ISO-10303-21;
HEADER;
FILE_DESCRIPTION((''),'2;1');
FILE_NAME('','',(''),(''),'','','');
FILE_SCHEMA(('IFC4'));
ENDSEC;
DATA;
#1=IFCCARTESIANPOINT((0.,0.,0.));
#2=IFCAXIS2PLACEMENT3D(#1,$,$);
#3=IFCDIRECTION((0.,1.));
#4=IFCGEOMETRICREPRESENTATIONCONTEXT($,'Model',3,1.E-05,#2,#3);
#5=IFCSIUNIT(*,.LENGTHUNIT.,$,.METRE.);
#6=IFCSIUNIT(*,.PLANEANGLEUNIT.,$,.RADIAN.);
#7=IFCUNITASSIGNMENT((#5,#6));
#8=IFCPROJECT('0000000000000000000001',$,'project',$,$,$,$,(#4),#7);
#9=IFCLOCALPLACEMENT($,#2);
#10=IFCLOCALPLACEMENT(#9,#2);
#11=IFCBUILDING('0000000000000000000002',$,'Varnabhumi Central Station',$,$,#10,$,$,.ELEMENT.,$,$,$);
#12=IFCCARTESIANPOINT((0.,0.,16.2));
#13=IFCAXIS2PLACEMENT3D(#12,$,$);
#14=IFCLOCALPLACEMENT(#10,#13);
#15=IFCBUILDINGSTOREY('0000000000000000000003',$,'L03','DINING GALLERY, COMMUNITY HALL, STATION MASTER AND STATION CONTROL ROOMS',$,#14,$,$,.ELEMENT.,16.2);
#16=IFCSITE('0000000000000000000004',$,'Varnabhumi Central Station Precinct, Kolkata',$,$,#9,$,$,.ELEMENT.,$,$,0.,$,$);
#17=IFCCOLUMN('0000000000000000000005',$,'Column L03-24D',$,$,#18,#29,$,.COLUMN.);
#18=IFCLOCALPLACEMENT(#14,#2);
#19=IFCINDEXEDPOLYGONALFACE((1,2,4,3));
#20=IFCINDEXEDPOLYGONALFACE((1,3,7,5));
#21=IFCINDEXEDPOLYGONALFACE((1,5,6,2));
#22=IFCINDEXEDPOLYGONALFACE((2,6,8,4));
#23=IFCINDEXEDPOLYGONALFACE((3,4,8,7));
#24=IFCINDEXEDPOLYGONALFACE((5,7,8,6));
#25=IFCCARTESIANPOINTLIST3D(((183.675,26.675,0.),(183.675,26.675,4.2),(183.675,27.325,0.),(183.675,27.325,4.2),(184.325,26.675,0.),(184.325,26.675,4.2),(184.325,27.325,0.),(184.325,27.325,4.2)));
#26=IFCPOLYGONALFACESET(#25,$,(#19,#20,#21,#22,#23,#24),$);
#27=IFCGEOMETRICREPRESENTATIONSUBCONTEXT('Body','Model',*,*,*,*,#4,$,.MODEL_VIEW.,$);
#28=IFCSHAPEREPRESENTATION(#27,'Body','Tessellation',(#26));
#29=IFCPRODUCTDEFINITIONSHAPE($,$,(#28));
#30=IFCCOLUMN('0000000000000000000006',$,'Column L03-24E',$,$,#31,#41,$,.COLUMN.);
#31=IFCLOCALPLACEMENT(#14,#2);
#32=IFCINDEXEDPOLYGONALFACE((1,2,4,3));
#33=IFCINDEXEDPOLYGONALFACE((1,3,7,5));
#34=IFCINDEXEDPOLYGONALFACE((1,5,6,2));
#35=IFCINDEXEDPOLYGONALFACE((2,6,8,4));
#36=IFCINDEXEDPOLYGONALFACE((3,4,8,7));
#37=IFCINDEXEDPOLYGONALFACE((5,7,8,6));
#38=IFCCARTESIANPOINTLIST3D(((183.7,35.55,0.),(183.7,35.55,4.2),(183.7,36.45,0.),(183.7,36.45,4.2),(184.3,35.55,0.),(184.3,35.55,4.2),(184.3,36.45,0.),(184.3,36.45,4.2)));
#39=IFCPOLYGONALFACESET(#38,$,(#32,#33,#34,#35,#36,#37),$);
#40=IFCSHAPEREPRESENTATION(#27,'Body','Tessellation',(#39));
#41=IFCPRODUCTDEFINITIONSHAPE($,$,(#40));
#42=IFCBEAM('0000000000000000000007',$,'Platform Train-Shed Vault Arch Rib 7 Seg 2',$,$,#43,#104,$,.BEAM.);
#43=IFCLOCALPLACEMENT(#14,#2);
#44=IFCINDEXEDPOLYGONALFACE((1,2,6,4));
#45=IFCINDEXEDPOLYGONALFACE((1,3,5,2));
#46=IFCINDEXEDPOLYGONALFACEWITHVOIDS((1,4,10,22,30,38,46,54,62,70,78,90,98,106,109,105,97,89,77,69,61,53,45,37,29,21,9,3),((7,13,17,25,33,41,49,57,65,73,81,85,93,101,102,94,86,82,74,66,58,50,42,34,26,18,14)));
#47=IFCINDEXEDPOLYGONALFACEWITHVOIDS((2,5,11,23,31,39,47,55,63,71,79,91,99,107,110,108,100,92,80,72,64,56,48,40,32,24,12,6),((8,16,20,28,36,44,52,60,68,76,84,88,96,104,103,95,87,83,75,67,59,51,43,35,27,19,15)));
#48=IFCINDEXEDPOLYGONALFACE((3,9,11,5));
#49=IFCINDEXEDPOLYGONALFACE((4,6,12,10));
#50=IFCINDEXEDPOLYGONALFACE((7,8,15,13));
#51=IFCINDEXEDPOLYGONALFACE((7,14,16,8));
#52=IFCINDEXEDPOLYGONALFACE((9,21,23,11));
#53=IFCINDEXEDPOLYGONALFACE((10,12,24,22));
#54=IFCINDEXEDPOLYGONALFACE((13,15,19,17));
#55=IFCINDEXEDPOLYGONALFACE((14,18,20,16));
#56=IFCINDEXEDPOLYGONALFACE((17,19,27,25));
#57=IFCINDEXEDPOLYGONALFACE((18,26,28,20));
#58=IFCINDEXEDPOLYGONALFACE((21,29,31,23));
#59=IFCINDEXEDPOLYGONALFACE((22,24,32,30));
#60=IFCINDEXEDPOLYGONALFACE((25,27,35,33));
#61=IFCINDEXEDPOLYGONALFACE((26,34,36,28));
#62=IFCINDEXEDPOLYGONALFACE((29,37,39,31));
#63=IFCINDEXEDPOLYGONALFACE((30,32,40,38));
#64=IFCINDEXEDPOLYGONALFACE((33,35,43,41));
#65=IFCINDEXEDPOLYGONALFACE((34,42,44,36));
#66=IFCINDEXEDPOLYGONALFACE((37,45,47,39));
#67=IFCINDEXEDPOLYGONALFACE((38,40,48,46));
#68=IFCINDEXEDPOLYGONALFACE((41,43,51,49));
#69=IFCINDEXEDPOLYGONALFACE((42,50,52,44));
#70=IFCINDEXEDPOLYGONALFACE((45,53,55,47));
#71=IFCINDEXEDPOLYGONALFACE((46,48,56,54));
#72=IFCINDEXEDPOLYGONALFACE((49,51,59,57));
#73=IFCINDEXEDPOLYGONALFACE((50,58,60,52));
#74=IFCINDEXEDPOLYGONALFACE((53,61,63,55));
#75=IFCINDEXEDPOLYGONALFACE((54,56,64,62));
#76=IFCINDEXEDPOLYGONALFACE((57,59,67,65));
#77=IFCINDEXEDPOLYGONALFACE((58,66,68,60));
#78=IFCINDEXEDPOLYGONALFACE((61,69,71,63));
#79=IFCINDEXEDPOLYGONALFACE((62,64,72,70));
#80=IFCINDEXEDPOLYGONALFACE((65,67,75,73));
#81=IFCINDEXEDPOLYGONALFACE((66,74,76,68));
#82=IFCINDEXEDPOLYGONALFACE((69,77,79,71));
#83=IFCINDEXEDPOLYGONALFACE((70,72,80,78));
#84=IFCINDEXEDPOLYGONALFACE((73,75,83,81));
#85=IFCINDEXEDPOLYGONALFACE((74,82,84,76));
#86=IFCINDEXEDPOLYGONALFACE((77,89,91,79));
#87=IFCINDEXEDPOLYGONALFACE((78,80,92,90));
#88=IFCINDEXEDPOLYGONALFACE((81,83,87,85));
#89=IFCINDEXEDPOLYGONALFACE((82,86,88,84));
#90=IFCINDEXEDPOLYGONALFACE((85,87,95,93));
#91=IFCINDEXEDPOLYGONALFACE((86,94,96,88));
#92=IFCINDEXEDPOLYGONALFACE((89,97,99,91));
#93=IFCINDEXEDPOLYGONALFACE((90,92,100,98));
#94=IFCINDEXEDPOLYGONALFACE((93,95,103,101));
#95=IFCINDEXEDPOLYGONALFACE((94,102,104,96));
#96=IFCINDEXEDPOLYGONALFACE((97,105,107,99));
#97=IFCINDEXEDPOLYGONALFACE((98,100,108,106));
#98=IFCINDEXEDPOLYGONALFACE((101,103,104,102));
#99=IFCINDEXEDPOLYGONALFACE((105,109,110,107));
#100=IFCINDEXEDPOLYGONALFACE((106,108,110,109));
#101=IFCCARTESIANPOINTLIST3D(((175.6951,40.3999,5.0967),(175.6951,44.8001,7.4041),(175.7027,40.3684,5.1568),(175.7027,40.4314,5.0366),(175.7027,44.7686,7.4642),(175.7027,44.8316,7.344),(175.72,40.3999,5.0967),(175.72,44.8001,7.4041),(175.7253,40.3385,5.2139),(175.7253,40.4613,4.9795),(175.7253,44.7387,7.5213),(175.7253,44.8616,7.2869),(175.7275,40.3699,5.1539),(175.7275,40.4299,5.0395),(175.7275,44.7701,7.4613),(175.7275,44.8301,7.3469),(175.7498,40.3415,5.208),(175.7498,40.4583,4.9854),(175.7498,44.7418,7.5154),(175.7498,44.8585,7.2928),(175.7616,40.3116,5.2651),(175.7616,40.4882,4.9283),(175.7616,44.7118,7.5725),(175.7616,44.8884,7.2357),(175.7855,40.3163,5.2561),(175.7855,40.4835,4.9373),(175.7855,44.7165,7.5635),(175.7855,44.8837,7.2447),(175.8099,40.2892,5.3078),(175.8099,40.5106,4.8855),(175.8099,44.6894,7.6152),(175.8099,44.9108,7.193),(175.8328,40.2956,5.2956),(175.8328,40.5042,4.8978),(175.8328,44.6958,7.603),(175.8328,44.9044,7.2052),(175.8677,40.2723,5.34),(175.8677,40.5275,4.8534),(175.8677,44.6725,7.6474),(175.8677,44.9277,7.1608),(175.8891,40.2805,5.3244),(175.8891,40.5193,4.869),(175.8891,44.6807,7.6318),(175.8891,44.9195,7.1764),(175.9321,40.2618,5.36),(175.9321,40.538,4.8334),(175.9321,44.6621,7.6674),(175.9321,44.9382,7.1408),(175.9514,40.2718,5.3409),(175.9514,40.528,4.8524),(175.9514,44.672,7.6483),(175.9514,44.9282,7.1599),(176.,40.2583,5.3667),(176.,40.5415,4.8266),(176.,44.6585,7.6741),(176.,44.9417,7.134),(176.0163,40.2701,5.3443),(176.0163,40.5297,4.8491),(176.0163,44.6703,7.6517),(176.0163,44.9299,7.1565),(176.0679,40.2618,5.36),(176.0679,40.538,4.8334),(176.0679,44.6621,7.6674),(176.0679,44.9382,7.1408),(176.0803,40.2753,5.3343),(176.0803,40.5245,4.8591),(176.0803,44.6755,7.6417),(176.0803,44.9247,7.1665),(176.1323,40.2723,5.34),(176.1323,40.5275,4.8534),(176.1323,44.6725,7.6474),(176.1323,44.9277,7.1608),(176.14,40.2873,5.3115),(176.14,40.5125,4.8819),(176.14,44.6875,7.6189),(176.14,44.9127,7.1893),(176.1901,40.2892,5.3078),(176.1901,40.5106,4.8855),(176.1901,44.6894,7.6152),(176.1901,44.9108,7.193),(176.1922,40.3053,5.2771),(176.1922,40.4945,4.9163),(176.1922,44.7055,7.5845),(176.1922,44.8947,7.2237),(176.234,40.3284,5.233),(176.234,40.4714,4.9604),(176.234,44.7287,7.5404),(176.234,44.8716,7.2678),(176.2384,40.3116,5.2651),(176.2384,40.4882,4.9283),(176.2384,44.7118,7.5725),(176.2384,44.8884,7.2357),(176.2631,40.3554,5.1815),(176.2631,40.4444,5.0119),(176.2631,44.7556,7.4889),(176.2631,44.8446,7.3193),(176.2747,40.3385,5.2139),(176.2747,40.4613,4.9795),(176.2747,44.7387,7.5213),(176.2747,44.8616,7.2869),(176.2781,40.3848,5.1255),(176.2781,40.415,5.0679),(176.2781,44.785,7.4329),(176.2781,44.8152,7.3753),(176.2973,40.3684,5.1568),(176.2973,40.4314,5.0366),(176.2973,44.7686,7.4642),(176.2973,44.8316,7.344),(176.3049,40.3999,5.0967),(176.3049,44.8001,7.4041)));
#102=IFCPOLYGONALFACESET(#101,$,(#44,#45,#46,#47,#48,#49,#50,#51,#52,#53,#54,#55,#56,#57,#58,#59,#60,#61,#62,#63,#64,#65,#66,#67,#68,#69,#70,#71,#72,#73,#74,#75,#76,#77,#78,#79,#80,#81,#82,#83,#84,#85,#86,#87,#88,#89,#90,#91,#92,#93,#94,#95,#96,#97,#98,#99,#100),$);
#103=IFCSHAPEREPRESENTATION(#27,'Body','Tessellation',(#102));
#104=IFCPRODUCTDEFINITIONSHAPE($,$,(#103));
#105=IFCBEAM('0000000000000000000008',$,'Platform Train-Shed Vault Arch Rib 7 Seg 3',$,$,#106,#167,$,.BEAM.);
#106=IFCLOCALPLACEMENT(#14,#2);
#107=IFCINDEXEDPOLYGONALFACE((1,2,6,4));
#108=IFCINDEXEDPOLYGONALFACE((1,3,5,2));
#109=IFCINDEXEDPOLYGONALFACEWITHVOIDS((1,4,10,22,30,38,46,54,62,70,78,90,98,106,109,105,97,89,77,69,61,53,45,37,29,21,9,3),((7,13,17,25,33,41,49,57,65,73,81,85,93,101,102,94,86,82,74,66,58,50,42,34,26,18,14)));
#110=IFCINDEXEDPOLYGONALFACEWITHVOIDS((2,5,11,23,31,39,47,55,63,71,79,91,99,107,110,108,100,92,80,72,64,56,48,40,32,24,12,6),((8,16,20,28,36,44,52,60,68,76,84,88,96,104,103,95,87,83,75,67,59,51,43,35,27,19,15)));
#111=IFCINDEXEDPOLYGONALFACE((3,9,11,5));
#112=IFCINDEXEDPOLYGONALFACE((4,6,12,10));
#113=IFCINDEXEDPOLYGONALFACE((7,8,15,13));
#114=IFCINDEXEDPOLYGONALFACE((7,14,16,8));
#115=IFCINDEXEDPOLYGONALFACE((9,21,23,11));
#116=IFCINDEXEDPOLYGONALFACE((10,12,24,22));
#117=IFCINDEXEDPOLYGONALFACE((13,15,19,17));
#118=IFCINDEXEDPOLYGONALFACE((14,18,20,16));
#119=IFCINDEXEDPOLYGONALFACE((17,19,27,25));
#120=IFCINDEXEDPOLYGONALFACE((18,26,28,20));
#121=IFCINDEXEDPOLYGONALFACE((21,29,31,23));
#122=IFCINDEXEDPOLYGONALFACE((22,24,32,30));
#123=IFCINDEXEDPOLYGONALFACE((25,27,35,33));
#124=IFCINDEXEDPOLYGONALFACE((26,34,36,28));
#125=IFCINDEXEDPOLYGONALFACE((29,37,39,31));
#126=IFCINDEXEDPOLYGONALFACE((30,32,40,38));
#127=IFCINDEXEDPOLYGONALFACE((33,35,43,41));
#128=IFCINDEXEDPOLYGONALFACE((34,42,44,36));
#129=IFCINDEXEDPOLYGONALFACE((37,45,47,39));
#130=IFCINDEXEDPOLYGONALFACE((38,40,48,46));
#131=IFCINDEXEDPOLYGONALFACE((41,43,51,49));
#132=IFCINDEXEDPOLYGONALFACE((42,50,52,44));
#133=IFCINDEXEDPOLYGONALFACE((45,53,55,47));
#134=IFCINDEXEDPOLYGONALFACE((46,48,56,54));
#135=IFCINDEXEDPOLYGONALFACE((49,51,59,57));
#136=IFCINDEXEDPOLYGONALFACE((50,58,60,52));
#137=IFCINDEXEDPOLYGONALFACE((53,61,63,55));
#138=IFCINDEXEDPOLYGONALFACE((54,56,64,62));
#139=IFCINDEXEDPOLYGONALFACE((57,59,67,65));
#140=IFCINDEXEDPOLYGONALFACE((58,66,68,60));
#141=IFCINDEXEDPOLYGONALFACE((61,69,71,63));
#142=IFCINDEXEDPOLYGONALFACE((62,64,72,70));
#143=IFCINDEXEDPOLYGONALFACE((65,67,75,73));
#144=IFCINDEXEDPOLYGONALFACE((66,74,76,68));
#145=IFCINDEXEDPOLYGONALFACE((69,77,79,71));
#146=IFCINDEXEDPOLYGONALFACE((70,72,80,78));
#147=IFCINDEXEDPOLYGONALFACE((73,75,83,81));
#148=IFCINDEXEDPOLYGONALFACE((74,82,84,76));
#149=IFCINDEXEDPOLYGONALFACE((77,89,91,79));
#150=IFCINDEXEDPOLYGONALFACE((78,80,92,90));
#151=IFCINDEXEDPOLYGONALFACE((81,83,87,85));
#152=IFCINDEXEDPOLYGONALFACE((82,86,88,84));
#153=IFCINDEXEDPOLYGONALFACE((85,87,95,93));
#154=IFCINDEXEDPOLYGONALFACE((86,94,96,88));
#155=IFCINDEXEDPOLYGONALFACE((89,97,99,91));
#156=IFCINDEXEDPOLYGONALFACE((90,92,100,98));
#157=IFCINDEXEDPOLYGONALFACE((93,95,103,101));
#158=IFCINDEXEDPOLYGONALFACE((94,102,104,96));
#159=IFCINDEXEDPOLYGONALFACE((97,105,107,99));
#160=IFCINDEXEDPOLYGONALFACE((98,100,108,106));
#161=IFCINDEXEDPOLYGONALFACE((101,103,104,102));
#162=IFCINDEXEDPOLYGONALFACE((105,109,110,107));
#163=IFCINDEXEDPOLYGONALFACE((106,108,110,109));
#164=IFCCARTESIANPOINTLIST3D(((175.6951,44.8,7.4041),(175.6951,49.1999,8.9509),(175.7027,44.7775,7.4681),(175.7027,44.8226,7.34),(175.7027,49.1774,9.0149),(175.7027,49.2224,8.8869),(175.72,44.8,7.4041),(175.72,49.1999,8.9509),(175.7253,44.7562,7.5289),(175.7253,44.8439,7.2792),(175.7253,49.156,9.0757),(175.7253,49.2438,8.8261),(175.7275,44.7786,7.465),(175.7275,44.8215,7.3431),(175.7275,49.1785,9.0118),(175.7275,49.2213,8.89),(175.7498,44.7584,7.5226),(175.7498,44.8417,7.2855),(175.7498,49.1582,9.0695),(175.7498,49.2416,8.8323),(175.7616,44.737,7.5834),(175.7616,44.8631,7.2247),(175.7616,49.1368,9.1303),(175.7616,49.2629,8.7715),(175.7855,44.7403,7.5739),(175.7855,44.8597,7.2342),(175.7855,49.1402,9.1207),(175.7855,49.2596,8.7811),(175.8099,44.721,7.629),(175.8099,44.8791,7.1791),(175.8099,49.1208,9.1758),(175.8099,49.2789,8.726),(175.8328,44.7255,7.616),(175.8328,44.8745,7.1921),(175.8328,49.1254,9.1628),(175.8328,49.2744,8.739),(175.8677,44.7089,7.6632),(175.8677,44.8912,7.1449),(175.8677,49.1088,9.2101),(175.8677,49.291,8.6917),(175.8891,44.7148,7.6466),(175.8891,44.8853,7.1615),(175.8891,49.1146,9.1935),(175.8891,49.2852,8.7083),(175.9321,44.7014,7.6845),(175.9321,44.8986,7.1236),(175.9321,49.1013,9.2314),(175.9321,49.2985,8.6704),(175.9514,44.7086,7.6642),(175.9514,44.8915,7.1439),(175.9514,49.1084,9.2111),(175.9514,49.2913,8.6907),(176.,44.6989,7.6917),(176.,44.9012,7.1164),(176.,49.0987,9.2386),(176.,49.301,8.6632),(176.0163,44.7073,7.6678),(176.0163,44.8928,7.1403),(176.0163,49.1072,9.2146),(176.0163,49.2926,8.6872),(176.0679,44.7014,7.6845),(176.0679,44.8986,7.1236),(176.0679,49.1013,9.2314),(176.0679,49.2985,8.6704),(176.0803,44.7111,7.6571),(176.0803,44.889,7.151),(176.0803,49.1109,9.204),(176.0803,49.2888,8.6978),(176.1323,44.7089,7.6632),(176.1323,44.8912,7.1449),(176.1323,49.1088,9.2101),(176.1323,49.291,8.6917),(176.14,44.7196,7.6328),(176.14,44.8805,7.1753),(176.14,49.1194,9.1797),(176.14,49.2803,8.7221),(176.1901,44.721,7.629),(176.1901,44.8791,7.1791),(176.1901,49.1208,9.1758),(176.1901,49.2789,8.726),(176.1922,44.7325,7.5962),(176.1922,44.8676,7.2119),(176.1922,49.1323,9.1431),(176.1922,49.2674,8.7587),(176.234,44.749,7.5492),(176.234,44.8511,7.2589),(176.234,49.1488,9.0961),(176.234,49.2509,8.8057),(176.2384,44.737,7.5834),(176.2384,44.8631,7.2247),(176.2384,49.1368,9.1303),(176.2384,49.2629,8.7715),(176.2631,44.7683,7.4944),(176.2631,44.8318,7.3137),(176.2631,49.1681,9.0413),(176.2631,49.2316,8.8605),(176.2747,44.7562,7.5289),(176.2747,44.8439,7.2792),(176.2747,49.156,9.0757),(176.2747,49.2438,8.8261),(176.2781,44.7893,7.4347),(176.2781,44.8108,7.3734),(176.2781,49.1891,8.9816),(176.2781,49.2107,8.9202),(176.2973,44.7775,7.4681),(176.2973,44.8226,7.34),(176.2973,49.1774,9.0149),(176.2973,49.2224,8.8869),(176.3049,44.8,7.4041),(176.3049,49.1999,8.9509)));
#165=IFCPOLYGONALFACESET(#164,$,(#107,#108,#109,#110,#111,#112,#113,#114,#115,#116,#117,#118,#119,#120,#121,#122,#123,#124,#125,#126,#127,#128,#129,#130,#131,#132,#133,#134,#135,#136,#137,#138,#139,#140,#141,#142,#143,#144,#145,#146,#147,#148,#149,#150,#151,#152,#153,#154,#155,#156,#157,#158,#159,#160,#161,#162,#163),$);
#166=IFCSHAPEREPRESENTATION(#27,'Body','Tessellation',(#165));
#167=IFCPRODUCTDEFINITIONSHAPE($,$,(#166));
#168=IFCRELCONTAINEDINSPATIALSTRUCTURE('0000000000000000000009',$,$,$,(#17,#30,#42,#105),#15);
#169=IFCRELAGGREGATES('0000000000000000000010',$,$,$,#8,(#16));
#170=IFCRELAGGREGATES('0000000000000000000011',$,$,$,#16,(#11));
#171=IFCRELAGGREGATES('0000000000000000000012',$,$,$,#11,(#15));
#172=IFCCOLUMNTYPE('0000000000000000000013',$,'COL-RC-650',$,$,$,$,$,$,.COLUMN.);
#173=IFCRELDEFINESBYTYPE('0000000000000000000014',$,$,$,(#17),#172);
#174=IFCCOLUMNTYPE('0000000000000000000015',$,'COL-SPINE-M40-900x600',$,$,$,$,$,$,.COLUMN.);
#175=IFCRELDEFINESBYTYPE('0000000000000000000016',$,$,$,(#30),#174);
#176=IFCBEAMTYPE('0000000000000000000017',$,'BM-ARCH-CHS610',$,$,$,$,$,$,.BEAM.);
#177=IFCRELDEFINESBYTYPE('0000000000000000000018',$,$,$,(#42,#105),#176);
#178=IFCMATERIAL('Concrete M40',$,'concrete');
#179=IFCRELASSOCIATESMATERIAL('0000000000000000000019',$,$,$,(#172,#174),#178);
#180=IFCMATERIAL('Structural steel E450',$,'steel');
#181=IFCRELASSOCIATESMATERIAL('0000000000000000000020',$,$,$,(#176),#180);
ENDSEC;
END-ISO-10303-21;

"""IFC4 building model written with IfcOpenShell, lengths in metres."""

from ifc_helpers import new_model, si_unit, direction, frame, origin, origin_2d, place, context, subcontext, project, spatial, rectangle, hollow_circle, extrude, material, material_profile, profile_set, type_object, element, save


model = new_model("IFC4")

# Units and contexts
model_context = context("Model", 3, precision=1e-05, world=origin(), true_north=direction((0.0, 1.0)))
body_context = subcontext(model_context, "Body", "Model", "MODEL_VIEW")
ifc_project = project(units=[si_unit("LENGTHUNIT", "METRE"), si_unit("PLANEANGLEUNIT", "RADIAN")], contexts=[model_context])

# Site, building, storey
site_placement = place(None, origin())
site = spatial("IfcSite", under=ifc_project, at=site_placement, Name="Varnabhumi Central Station Precinct, Kolkata", CompositionType="ELEMENT", RefElevation=0.0)
building_placement = place(site_placement, origin())
building = spatial("IfcBuilding", under=site, at=building_placement, Name="Varnabhumi Central Station", CompositionType="ELEMENT")
storey_placement = place(building_placement, frame((0.0, 0.0, 16.2)))
storey = spatial("IfcBuildingStorey", under=building, at=storey_placement, Name="L03", Description="DINING GALLERY, COMMUNITY HALL, STATION MASTER AND STATION CONTROL ROOMS", CompositionType="ELEMENT", Elevation=16.2)

# Columns
ifc_material_1 = material(Name="Concrete M40", Category="concrete")
ifc_material_profile_1 = material_profile(ifc_material_1, rectangle(XDim=0.6499, YDim=0.6499, at=origin_2d()), Name="Concrete M40", Category="concrete")
ifc_profile_set_1 = profile_set([ifc_material_profile_1], Name="Concrete M40")
column_type_1 = type_object("IfcColumnType", Name="COL-RC-650", PredefinedType="COLUMN", material=ifc_profile_set_1)
column_1_placement = place(storey_placement, frame((184.0, 27.0, 0.0), z_axis=(0.0, 0.0, 1.0), x_axis=(1.0, 0.0, 0.0)))
element("IfcColumn", 1, at=column_1_placement, inside=storey, type_object=column_type_1, Name="Column L03-24D", PredefinedType="COLUMN", context=body_context, shape_type="SweptSolid", body=[
    extrude(rectangle(XDim=0.6499, YDim=0.6499, at=origin_2d()), origin(), (0.0, 0.0, 1.0), 4.2),
])
ifc_material_profile_2 = material_profile(ifc_material_1, rectangle(XDim=0.6001, YDim=0.8999, at=origin_2d()), Name="Concrete M40", Category="concrete")
ifc_profile_set_2 = profile_set([ifc_material_profile_2], Name="Concrete M40")
column_type_2 = type_object("IfcColumnType", Name="COL-SPINE-M40-900x600", PredefinedType="COLUMN", material=ifc_profile_set_2)
column_2_placement = place(storey_placement, frame((184.0, 36.0, 0.0), z_axis=(0.0, 0.0, 1.0), x_axis=(1.0, 0.0, 0.0)))
element("IfcColumn", 2, at=column_2_placement, inside=storey, type_object=column_type_2, Name="Column L03-24E", PredefinedType="COLUMN", context=body_context, shape_type="SweptSolid", body=[
    extrude(rectangle(XDim=0.6001, YDim=0.8999, at=origin_2d()), origin(), (0.0, 0.0, 1.0), 4.2),
])

# Beams
ifc_material_2 = material(Name="Structural steel E450", Category="steel")
ifc_material_profile_3 = material_profile(ifc_material_2, hollow_circle(Radius=0.3049, WallThickness=0.0249, at=origin_2d()), Name="Structural steel E450", Category="steel")
ifc_profile_set_3 = profile_set([ifc_material_profile_3], Name="Structural steel E450")
beam_type_1 = type_object("IfcBeamType", Name="BM-ARCH-CHS610", PredefinedType="BEAM", material=ifc_profile_set_3)
beam_1_placement = place(storey_placement, frame((176.0, 40.3999, 5.0967), z_axis=(0.0, 0.885622, 0.464407), x_axis=(-1.0, 0.0, 0.0)))
element("IfcBeam", 3, at=beam_1_placement, inside=storey, type_object=beam_type_1, Name="Platform Train-Shed Vault Arch Rib 7 Seg 2", PredefinedType="BEAM", context=body_context, shape_type="SweptSolid", body=[
    extrude(hollow_circle(Radius=0.3049, WallThickness=0.0249, at=origin_2d()), origin(), (0.0, 0.0, 1.0), 4.9685),
])
beam_2_placement = place(storey_placement, frame((176.0, 44.8, 7.4041), z_axis=(0.0, 0.943396, 0.33167), x_axis=(-1.0, 0.0, 0.0)))
element("IfcBeam", 4, at=beam_2_placement, inside=storey, type_object=beam_type_1, Name="Platform Train-Shed Vault Arch Rib 7 Seg 3", PredefinedType="BEAM", context=body_context, shape_type="SweptSolid", body=[
    extrude(hollow_circle(Radius=0.3049, WallThickness=0.0249, at=origin_2d()), origin(), (0.0, 0.0, 1.0), 4.6638),
])

save(model, "model.ifc")
